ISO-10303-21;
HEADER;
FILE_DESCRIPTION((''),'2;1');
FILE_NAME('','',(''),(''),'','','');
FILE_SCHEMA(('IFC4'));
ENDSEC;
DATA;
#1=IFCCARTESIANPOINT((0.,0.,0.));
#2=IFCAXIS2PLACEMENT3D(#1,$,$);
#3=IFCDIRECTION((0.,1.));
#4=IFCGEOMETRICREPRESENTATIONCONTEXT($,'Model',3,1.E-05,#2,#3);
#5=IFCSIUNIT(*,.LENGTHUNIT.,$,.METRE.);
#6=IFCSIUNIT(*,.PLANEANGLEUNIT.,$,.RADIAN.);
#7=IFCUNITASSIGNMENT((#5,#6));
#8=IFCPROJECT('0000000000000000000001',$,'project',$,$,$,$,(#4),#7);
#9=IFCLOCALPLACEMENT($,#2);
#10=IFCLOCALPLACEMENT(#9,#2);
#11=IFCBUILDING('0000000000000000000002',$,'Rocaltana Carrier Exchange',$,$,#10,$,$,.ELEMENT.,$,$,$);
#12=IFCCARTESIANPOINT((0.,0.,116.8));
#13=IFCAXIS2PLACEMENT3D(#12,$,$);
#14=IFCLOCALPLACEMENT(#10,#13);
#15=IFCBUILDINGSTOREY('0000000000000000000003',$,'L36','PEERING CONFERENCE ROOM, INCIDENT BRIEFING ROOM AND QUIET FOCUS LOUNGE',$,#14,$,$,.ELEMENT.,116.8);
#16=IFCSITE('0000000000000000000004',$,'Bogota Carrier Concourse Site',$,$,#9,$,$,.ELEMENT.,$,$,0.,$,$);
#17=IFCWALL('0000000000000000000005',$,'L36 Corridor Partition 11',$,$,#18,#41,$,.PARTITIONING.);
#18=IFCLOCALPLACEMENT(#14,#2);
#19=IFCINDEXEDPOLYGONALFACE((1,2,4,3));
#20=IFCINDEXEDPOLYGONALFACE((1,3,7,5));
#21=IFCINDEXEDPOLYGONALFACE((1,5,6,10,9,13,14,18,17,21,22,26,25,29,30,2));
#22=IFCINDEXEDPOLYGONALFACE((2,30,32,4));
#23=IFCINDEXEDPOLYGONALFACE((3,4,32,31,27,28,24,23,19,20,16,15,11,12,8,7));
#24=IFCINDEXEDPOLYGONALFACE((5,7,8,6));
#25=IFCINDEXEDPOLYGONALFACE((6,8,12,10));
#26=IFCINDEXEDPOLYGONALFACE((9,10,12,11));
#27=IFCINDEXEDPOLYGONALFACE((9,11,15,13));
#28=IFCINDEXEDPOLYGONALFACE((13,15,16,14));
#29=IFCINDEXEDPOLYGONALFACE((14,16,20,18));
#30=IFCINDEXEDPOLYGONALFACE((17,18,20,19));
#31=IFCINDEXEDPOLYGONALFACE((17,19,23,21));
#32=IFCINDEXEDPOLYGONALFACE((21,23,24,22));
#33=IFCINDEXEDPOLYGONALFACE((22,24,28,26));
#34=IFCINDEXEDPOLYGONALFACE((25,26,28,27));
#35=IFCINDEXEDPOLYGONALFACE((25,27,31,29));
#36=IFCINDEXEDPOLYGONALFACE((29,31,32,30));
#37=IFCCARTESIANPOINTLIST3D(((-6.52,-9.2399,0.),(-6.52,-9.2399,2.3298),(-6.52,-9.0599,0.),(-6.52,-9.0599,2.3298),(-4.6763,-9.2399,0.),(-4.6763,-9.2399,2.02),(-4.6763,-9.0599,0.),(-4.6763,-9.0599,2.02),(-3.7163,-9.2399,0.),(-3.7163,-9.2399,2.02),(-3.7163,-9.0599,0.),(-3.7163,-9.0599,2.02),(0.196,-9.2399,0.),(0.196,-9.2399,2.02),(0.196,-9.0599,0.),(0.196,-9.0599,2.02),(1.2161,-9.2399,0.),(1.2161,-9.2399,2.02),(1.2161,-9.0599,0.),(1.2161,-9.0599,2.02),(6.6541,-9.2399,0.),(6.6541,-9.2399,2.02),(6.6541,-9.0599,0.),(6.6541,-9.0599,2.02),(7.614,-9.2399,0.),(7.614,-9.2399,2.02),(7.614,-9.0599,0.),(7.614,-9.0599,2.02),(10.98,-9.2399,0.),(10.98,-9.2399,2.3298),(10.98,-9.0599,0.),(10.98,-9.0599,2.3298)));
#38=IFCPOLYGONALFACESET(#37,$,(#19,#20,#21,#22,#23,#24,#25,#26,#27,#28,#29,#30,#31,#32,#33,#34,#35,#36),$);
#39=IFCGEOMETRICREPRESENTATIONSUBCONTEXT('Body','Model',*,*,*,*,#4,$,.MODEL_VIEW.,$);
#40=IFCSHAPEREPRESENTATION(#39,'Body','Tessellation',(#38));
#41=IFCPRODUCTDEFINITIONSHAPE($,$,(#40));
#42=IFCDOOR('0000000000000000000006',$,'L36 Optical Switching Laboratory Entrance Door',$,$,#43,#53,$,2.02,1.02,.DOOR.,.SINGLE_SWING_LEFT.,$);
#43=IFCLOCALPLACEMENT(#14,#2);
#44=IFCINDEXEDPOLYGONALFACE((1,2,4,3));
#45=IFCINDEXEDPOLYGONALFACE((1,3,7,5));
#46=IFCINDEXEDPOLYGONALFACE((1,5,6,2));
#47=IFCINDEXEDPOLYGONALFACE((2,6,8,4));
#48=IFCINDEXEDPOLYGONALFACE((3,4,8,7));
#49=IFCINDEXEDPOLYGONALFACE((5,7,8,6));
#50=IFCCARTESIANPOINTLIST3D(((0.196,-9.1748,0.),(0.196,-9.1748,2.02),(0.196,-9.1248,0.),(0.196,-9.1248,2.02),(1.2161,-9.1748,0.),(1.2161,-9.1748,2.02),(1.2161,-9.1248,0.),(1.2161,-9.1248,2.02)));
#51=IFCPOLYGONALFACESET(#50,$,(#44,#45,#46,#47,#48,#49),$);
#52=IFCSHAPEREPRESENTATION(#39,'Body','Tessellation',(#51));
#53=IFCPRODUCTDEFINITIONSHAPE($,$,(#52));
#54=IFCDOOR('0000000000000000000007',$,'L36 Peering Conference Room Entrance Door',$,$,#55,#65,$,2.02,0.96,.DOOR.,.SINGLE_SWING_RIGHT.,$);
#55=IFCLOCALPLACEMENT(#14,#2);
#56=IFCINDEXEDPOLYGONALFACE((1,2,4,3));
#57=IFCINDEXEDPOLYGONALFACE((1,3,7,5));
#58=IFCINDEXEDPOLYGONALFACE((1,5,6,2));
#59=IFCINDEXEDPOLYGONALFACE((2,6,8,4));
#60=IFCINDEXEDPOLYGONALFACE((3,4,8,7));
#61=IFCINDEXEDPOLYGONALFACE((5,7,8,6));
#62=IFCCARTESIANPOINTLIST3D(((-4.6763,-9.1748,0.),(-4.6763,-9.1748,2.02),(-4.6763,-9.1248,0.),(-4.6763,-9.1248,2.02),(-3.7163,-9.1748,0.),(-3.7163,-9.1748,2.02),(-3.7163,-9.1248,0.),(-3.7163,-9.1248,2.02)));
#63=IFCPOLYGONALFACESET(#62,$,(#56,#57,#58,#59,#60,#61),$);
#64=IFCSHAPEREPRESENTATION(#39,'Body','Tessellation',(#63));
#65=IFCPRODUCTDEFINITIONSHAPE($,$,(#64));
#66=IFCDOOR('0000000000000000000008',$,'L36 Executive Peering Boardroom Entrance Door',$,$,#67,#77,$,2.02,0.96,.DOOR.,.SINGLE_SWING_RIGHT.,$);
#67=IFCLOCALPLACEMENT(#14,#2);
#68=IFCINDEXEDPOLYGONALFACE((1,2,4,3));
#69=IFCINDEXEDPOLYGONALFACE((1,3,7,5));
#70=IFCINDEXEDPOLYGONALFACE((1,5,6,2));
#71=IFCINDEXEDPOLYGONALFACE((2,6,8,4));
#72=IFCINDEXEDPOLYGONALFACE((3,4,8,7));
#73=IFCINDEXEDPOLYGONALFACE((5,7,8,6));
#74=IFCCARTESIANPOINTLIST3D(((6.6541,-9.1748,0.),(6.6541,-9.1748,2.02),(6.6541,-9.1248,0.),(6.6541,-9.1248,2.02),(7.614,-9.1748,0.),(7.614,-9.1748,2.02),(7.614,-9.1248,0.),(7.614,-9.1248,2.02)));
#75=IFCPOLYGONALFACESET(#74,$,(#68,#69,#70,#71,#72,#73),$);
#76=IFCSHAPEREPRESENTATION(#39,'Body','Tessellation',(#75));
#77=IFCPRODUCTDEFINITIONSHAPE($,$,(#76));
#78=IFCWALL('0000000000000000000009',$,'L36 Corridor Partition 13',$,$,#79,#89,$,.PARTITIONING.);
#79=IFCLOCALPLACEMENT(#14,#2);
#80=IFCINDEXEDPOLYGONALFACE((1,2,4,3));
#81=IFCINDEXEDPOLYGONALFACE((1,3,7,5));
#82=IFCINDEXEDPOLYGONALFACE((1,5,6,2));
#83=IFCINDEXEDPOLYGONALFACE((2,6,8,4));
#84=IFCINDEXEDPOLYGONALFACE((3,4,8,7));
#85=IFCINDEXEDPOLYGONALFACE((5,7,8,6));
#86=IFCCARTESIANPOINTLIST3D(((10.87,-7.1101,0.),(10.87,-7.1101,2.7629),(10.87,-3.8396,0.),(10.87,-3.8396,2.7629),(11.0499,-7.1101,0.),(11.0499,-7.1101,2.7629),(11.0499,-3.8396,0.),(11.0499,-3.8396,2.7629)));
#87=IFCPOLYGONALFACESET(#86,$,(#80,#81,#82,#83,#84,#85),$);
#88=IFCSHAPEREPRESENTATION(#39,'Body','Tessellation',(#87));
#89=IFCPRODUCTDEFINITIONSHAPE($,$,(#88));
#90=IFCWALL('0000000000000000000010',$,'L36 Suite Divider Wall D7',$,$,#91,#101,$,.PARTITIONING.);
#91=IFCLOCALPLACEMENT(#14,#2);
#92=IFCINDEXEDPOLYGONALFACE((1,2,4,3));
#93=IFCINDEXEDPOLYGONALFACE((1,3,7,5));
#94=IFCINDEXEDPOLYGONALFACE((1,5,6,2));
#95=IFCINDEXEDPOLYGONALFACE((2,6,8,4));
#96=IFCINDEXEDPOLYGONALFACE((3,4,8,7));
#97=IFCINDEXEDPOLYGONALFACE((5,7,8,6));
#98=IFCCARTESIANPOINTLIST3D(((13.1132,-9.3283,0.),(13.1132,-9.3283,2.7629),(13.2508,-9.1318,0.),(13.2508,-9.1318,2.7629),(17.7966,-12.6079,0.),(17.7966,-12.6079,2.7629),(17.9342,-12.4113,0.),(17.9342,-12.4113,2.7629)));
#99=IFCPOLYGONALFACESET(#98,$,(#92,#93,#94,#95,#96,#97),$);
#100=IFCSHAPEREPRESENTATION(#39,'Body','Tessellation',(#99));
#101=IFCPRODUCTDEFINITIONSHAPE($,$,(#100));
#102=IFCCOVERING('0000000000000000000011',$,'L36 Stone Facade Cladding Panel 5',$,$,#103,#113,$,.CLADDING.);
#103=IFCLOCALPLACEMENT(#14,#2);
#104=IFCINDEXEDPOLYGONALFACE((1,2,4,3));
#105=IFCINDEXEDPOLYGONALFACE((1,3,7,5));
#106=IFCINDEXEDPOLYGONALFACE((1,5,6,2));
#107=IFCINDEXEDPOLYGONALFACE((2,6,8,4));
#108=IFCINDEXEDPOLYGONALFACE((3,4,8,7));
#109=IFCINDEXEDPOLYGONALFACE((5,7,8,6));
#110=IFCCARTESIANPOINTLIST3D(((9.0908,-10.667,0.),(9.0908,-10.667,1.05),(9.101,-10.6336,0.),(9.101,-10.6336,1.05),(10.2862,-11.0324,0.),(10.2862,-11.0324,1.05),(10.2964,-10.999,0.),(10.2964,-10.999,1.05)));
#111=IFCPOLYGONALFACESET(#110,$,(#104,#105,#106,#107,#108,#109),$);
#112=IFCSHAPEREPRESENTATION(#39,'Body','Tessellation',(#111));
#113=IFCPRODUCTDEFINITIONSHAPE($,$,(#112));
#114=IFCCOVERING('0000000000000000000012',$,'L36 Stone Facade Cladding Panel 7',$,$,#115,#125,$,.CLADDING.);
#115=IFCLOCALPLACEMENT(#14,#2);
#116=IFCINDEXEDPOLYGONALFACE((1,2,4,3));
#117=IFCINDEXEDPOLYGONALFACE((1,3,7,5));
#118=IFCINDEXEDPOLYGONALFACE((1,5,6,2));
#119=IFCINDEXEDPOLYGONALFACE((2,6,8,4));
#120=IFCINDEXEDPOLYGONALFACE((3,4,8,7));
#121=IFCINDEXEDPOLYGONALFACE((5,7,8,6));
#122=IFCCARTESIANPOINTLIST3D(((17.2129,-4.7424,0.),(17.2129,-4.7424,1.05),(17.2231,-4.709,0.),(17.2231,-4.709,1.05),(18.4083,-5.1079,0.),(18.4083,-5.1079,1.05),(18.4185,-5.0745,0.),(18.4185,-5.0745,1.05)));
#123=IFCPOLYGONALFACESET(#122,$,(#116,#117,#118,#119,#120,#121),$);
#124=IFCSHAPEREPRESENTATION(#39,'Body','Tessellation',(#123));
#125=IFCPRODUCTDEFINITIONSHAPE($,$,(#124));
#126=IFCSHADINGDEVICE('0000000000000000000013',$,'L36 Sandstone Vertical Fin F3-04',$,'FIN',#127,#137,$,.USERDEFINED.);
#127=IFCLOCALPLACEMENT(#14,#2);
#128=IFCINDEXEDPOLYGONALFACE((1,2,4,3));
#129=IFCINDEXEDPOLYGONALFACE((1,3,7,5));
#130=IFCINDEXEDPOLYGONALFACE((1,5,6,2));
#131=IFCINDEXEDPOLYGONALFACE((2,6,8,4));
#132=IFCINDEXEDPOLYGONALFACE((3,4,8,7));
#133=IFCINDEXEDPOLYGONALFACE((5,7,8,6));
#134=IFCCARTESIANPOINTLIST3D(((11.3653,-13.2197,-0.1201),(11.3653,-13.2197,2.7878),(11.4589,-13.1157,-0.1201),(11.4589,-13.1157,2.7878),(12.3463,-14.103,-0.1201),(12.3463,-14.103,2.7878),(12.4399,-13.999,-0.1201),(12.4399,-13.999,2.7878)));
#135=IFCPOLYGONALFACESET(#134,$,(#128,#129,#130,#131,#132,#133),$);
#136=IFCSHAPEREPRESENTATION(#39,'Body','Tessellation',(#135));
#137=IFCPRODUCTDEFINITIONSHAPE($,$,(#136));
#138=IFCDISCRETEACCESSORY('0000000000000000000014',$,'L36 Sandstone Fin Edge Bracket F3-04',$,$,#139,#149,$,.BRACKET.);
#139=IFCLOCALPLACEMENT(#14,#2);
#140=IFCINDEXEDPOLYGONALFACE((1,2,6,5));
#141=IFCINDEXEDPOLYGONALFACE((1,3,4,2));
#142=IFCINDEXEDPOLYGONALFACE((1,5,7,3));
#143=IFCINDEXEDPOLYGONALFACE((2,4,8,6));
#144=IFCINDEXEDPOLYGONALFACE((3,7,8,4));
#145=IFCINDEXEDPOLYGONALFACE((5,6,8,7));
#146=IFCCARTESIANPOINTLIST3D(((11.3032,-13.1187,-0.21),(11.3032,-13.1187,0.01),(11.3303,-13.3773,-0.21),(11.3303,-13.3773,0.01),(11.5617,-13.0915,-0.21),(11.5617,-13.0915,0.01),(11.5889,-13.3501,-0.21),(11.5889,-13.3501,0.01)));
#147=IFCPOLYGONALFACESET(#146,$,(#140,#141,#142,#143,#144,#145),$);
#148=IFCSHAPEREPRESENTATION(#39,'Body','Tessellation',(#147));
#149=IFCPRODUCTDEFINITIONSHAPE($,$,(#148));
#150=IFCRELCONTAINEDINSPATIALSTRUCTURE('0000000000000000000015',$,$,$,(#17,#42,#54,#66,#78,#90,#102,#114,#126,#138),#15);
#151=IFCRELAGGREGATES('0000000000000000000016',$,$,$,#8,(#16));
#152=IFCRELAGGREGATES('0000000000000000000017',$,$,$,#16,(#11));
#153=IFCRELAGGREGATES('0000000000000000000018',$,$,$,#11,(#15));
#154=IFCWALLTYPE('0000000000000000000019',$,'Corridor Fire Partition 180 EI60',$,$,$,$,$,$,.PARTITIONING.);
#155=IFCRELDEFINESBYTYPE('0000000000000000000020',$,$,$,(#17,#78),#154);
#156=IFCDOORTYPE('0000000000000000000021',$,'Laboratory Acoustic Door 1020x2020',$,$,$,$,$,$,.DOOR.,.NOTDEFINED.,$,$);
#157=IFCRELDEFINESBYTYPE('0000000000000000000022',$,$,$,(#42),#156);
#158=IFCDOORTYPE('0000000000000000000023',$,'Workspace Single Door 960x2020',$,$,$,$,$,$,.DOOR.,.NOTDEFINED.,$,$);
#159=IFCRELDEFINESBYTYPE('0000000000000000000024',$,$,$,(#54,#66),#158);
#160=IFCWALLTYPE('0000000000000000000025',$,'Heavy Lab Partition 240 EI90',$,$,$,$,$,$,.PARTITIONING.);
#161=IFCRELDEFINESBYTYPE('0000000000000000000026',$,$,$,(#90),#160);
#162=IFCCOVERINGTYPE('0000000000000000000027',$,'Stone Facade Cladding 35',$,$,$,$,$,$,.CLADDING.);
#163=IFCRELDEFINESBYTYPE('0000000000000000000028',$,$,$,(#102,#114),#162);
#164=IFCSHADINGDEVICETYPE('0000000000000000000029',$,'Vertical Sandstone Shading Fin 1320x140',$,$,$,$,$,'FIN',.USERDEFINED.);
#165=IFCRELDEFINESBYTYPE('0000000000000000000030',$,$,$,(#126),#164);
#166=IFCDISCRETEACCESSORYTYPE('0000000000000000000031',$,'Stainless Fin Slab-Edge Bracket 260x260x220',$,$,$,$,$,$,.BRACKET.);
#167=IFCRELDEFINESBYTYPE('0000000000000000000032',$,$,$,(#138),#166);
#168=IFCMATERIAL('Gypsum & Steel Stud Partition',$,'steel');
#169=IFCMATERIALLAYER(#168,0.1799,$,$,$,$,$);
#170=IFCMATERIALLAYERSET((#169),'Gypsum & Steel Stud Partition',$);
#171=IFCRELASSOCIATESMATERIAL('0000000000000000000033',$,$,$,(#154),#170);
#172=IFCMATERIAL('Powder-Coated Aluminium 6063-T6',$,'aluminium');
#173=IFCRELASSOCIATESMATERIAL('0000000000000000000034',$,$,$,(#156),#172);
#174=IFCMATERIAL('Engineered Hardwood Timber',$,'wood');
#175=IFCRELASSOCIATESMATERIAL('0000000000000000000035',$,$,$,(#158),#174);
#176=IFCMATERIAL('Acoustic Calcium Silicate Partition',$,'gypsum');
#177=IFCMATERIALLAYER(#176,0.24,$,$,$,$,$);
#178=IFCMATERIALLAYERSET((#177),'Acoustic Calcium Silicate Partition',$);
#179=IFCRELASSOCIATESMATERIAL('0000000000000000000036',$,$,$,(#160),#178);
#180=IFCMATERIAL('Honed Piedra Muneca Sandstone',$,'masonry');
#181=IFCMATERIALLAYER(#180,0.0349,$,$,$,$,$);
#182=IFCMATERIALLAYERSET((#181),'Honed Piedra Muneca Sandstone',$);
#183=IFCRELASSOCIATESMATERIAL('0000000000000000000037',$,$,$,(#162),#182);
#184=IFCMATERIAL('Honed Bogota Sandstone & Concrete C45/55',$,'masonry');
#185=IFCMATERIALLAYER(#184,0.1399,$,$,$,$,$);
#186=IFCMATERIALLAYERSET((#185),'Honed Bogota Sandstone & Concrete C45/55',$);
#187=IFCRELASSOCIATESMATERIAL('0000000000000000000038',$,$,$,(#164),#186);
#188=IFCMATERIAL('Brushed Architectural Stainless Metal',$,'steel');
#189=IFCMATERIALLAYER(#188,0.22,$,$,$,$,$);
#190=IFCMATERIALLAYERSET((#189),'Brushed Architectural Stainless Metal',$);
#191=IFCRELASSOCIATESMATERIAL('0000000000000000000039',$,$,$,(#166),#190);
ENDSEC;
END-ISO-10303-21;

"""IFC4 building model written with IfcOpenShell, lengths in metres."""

from ifc_helpers import new_model, si_unit, direction, frame, frame_2d, origin, origin_2d, place, context, subcontext, project, spatial, rectangle, extrude, material, layer, layer_set, type_object, element, fill, save


model = new_model("IFC4")

# Units and contexts
model_context = context("Model", 3, precision=1e-05, world=origin(), true_north=direction((0.0, 1.0)))
body_context = subcontext(model_context, "Body", "Model", "MODEL_VIEW")
ifc_project = project(units=[si_unit("LENGTHUNIT", "METRE"), si_unit("PLANEANGLEUNIT", "RADIAN")], contexts=[model_context])

# Site, building, storey
site_placement = place(None, origin())
site = spatial("IfcSite", under=ifc_project, at=site_placement, Name="Bogota Carrier Concourse Site", CompositionType="ELEMENT", RefElevation=0.0)
building_placement = place(site_placement, origin())
building = spatial("IfcBuilding", under=site, at=building_placement, Name="Rocaltana Carrier Exchange", CompositionType="ELEMENT")
storey_placement = place(building_placement, frame((0.0, 0.0, 116.8)))
storey = spatial("IfcBuildingStorey", under=building, at=storey_placement, Name="L36", Description="PEERING CONFERENCE ROOM, INCIDENT BRIEFING ROOM AND QUIET FOCUS LOUNGE", CompositionType="ELEMENT", Elevation=116.8)

# Shared definitions
ifc_material_1 = material(Name="Gypsum & Steel Stud Partition", Category="steel")
ifc_layer_1 = layer(ifc_material_1, 0.1799)
ifc_layer_set_1 = layer_set([ifc_layer_1], Name="Gypsum & Steel Stud Partition")
wall_type_1 = type_object("IfcWallType", Name="Corridor Fire Partition 180 EI60", PredefinedType="PARTITIONING", material=ifc_layer_set_1)

# Wall, openings, doors
wall_1_placement = place(storey_placement, frame((10.98, -9.1499, 0.0), z_axis=(0.0, 0.0, 1.0), x_axis=(-1.0, 0.0, 0.0)))
wall_1 = element("IfcWall", 1, at=wall_1_placement, inside=storey, type_object=wall_type_1, Name="L36 Corridor Partition 11", PredefinedType="PARTITIONING", context=body_context, shape_type="SweptSolid", body=[
    extrude(rectangle(XDim=17.5, YDim=0.1799, at=frame_2d((8.75, 0.0))), origin(), (0.0, 0.0, 1.0), 2.3298),
])
opening_1_placement = place(wall_1_placement, frame((14.6963, 0.0, 0.0)))
opening_1 = element("IfcOpeningElement", 2, at=opening_1_placement, cuts=wall_1, PredefinedType="OPENING", context=body_context, shape_type="SweptSolid", body=[
    extrude(rectangle(XDim=0.96, YDim=2.02, at=frame_2d((0.48, 1.01))), frame((0.0, 0.0999, 0.0), z_axis=(0.0, -1.0, 0.0), x_axis=(1.0, 0.0, 0.0)), (0.0, 0.0, 1.0), 0.2),
])
opening_2_placement = place(wall_1_placement, frame((9.7639, 0.0, 0.0)))
opening_2 = element("IfcOpeningElement", 3, at=opening_2_placement, cuts=wall_1, PredefinedType="OPENING", context=body_context, shape_type="SweptSolid", body=[
    extrude(rectangle(XDim=1.02, YDim=2.02, at=frame_2d((0.51, 1.01))), frame((0.0, 0.0999, 0.0), z_axis=(0.0, -1.0, 0.0), x_axis=(1.0, 0.0, 0.0)), (0.0, 0.0, 1.0), 0.2),
])
opening_3_placement = place(wall_1_placement, frame((3.366, 0.0, 0.0)))
opening_3 = element("IfcOpeningElement", 4, at=opening_3_placement, cuts=wall_1, PredefinedType="OPENING", context=body_context, shape_type="SweptSolid", body=[
    extrude(rectangle(XDim=0.96, YDim=2.02, at=frame_2d((0.48, 1.01))), frame((0.0, 0.0999, 0.0), z_axis=(0.0, -1.0, 0.0), x_axis=(1.0, 0.0, 0.0)), (0.0, 0.0, 1.0), 0.2),
])
ifc_material_2 = material(Name="Powder-Coated Aluminium 6063-T6", Category="aluminium")
door_type_1 = type_object("IfcDoorType", Name="Laboratory Acoustic Door 1020x2020", OperationType="NOTDEFINED", PredefinedType="DOOR", material=ifc_material_2)
door_1_placement = place(opening_2_placement, origin())
door_1 = element("IfcDoor", 5, at=door_1_placement, inside=storey, type_object=door_type_1, Name="L36 Optical Switching Laboratory Entrance Door", OperationType="SINGLE_SWING_LEFT", OverallHeight=2.02, OverallWidth=1.02, PredefinedType="DOOR", context=body_context, shape_type="SweptSolid", body=[
    extrude(rectangle(XDim=1.02, YDim=2.02, at=frame_2d((0.51, 1.01))), frame((0.0, 0.0249, 0.0), z_axis=(0.0, -1.0, 0.0), x_axis=(1.0, 0.0, 0.0)), (0.0, 0.0, 1.0), 0.05),
])
fill(opening_2, door_1)
ifc_material_3 = material(Name="Engineered Hardwood Timber", Category="wood")
door_type_2 = type_object("IfcDoorType", Name="Workspace Single Door 960x2020", OperationType="NOTDEFINED", PredefinedType="DOOR", material=ifc_material_3)
door_2_placement = place(opening_1_placement, origin())
door_2 = element("IfcDoor", 6, at=door_2_placement, inside=storey, type_object=door_type_2, Name="L36 Peering Conference Room Entrance Door", OperationType="SINGLE_SWING_RIGHT", OverallHeight=2.02, OverallWidth=0.96, PredefinedType="DOOR", context=body_context, shape_type="SweptSolid", body=[
    extrude(rectangle(XDim=0.96, YDim=2.02, at=frame_2d((0.48, 1.01))), frame((0.0, 0.0249, 0.0), z_axis=(0.0, -1.0, 0.0), x_axis=(1.0, 0.0, 0.0)), (0.0, 0.0, 1.0), 0.05),
])
fill(opening_1, door_2)
door_3_placement = place(opening_3_placement, origin())
door_3 = element("IfcDoor", 7, at=door_3_placement, inside=storey, type_object=door_type_2, Name="L36 Executive Peering Boardroom Entrance Door", OperationType="SINGLE_SWING_RIGHT", OverallHeight=2.02, OverallWidth=0.96, PredefinedType="DOOR", context=body_context, shape_type="SweptSolid", body=[
    extrude(rectangle(XDim=0.96, YDim=2.02, at=frame_2d((0.48, 1.01))), frame((0.0, 0.0249, 0.0), z_axis=(0.0, -1.0, 0.0), x_axis=(1.0, 0.0, 0.0)), (0.0, 0.0, 1.0), 0.05),
])
fill(opening_3, door_3)

# Walls
wall_2_placement = place(storey_placement, frame((10.96, -7.1101, 0.0), z_axis=(0.0, 0.0, 1.0), x_axis=(0.0, 1.0, 0.0)))
element("IfcWall", 8, at=wall_2_placement, inside=storey, type_object=wall_type_1, Name="L36 Corridor Partition 13", PredefinedType="PARTITIONING", context=body_context, shape_type="SweptSolid", body=[
    extrude(rectangle(XDim=3.2705, YDim=0.1799, at=frame_2d((1.6353, 0.0))), origin(), (0.0, 0.0, 1.0), 2.7629),
])
ifc_material_4 = material(Name="Acoustic Calcium Silicate Partition", Category="gypsum")
ifc_layer_2 = layer(ifc_material_4, 0.24)
ifc_layer_set_2 = layer_set([ifc_layer_2], Name="Acoustic Calcium Silicate Partition")
wall_type_2 = type_object("IfcWallType", Name="Heavy Lab Partition 240 EI90", PredefinedType="PARTITIONING", material=ifc_layer_set_2)
wall_3_placement = place(storey_placement, frame((13.1819, -9.23, 0.0), z_axis=(0.0, 0.0, 1.0), x_axis=(0.819134, -0.573603, 0.0)))
element("IfcWall", 9, at=wall_3_placement, inside=storey, type_object=wall_type_2, Name="L36 Suite Divider Wall D7", PredefinedType="PARTITIONING", context=body_context, shape_type="SweptSolid", body=[
    extrude(rectangle(XDim=5.7175, YDim=0.24, at=frame_2d((2.8589, 0.0))), origin(), (0.0, 0.0, 1.0), 2.7629),
])

# Coverings
ifc_material_5 = material(Name="Honed Piedra Muneca Sandstone", Category="masonry")
ifc_layer_3 = layer(ifc_material_5, 0.0349)
ifc_layer_set_3 = layer_set([ifc_layer_3], Name="Honed Piedra Muneca Sandstone")
covering_type = type_object("IfcCoveringType", Name="Stone Facade Cladding 35", PredefinedType="CLADDING", material=ifc_layer_set_3)
for number, where, z_axis, x_axis, name in (
    (10, (9.6936, -10.833, 0.0), (0.0, 0.0, 1.0), (-0.956305, 0.292372, 0.0), "L36 Stone Facade Cladding Panel 5"),
    (11, (17.8157, -4.9084, 0.0), (0.0, 0.0, 1.0), (-0.956305, 0.292372, 0.0), "L36 Stone Facade Cladding Panel 7"),
):
    element("IfcCovering", number, at=place(storey_placement, frame(where, z_axis=z_axis, x_axis=x_axis)), inside=storey, type_object=covering_type, Name=name, PredefinedType="CLADDING", context=body_context, shape_type="SweptSolid", body=[
        extrude(rectangle(XDim=1.25, YDim=0.0349, at=origin_2d()), origin(), (0.0, 0.0, 1.0), 1.05),
    ])

# Shading device
ifc_material_6 = material(Name="Honed Bogota Sandstone & Concrete C45/55", Category="masonry")
ifc_layer_4 = layer(ifc_material_6, 0.1399)
ifc_layer_set_4 = layer_set([ifc_layer_4], Name="Honed Bogota Sandstone & Concrete C45/55")
shading_device_type = type_object("IfcShadingDeviceType", Name="Vertical Sandstone Shading Fin 1320x140", ElementType="FIN", PredefinedType="USERDEFINED", material=ifc_layer_set_4)
shading_device_placement = place(storey_placement, frame((11.9026, -13.6094, -0.1201), z_axis=(0.0, 0.0, 1.0), x_axis=(0.743145, -0.669131, 0.0)))
element("IfcShadingDevice", 12, at=shading_device_placement, inside=storey, type_object=shading_device_type, Name="L36 Sandstone Vertical Fin F3-04", ObjectType="FIN", PredefinedType="USERDEFINED", context=body_context, shape_type="SweptSolid", body=[
    extrude(rectangle(XDim=1.3201, YDim=0.1399, at=origin_2d()), origin(), (0.0, 0.0, 1.0), 2.908),
])

# Discrete accessory
ifc_material_7 = material(Name="Brushed Architectural Stainless Metal", Category="steel")
ifc_layer_5 = layer(ifc_material_7, 0.22)
ifc_layer_set_5 = layer_set([ifc_layer_5], Name="Brushed Architectural Stainless Metal")
discrete_accessory_type = type_object("IfcDiscreteAccessoryType", Name="Stainless Fin Slab-Edge Bracket 260x260x220", PredefinedType="BRACKET", material=ifc_layer_set_5)
discrete_accessory_placement = place(storey_placement, frame((11.446, -13.2344, -0.21), z_axis=(0.0, 0.0, 1.0), x_axis=(0.994522, 0.104528, 0.0)))
element("IfcDiscreteAccessory", 13, at=discrete_accessory_placement, inside=storey, type_object=discrete_accessory_type, Name="L36 Sandstone Fin Edge Bracket F3-04", PredefinedType="BRACKET", context=body_context, shape_type="SweptSolid", body=[
    extrude(rectangle(XDim=0.26, YDim=0.26, at=origin_2d()), origin(), (0.0, 0.0, 1.0), 0.22),
])

save(model, "model.ifc")
